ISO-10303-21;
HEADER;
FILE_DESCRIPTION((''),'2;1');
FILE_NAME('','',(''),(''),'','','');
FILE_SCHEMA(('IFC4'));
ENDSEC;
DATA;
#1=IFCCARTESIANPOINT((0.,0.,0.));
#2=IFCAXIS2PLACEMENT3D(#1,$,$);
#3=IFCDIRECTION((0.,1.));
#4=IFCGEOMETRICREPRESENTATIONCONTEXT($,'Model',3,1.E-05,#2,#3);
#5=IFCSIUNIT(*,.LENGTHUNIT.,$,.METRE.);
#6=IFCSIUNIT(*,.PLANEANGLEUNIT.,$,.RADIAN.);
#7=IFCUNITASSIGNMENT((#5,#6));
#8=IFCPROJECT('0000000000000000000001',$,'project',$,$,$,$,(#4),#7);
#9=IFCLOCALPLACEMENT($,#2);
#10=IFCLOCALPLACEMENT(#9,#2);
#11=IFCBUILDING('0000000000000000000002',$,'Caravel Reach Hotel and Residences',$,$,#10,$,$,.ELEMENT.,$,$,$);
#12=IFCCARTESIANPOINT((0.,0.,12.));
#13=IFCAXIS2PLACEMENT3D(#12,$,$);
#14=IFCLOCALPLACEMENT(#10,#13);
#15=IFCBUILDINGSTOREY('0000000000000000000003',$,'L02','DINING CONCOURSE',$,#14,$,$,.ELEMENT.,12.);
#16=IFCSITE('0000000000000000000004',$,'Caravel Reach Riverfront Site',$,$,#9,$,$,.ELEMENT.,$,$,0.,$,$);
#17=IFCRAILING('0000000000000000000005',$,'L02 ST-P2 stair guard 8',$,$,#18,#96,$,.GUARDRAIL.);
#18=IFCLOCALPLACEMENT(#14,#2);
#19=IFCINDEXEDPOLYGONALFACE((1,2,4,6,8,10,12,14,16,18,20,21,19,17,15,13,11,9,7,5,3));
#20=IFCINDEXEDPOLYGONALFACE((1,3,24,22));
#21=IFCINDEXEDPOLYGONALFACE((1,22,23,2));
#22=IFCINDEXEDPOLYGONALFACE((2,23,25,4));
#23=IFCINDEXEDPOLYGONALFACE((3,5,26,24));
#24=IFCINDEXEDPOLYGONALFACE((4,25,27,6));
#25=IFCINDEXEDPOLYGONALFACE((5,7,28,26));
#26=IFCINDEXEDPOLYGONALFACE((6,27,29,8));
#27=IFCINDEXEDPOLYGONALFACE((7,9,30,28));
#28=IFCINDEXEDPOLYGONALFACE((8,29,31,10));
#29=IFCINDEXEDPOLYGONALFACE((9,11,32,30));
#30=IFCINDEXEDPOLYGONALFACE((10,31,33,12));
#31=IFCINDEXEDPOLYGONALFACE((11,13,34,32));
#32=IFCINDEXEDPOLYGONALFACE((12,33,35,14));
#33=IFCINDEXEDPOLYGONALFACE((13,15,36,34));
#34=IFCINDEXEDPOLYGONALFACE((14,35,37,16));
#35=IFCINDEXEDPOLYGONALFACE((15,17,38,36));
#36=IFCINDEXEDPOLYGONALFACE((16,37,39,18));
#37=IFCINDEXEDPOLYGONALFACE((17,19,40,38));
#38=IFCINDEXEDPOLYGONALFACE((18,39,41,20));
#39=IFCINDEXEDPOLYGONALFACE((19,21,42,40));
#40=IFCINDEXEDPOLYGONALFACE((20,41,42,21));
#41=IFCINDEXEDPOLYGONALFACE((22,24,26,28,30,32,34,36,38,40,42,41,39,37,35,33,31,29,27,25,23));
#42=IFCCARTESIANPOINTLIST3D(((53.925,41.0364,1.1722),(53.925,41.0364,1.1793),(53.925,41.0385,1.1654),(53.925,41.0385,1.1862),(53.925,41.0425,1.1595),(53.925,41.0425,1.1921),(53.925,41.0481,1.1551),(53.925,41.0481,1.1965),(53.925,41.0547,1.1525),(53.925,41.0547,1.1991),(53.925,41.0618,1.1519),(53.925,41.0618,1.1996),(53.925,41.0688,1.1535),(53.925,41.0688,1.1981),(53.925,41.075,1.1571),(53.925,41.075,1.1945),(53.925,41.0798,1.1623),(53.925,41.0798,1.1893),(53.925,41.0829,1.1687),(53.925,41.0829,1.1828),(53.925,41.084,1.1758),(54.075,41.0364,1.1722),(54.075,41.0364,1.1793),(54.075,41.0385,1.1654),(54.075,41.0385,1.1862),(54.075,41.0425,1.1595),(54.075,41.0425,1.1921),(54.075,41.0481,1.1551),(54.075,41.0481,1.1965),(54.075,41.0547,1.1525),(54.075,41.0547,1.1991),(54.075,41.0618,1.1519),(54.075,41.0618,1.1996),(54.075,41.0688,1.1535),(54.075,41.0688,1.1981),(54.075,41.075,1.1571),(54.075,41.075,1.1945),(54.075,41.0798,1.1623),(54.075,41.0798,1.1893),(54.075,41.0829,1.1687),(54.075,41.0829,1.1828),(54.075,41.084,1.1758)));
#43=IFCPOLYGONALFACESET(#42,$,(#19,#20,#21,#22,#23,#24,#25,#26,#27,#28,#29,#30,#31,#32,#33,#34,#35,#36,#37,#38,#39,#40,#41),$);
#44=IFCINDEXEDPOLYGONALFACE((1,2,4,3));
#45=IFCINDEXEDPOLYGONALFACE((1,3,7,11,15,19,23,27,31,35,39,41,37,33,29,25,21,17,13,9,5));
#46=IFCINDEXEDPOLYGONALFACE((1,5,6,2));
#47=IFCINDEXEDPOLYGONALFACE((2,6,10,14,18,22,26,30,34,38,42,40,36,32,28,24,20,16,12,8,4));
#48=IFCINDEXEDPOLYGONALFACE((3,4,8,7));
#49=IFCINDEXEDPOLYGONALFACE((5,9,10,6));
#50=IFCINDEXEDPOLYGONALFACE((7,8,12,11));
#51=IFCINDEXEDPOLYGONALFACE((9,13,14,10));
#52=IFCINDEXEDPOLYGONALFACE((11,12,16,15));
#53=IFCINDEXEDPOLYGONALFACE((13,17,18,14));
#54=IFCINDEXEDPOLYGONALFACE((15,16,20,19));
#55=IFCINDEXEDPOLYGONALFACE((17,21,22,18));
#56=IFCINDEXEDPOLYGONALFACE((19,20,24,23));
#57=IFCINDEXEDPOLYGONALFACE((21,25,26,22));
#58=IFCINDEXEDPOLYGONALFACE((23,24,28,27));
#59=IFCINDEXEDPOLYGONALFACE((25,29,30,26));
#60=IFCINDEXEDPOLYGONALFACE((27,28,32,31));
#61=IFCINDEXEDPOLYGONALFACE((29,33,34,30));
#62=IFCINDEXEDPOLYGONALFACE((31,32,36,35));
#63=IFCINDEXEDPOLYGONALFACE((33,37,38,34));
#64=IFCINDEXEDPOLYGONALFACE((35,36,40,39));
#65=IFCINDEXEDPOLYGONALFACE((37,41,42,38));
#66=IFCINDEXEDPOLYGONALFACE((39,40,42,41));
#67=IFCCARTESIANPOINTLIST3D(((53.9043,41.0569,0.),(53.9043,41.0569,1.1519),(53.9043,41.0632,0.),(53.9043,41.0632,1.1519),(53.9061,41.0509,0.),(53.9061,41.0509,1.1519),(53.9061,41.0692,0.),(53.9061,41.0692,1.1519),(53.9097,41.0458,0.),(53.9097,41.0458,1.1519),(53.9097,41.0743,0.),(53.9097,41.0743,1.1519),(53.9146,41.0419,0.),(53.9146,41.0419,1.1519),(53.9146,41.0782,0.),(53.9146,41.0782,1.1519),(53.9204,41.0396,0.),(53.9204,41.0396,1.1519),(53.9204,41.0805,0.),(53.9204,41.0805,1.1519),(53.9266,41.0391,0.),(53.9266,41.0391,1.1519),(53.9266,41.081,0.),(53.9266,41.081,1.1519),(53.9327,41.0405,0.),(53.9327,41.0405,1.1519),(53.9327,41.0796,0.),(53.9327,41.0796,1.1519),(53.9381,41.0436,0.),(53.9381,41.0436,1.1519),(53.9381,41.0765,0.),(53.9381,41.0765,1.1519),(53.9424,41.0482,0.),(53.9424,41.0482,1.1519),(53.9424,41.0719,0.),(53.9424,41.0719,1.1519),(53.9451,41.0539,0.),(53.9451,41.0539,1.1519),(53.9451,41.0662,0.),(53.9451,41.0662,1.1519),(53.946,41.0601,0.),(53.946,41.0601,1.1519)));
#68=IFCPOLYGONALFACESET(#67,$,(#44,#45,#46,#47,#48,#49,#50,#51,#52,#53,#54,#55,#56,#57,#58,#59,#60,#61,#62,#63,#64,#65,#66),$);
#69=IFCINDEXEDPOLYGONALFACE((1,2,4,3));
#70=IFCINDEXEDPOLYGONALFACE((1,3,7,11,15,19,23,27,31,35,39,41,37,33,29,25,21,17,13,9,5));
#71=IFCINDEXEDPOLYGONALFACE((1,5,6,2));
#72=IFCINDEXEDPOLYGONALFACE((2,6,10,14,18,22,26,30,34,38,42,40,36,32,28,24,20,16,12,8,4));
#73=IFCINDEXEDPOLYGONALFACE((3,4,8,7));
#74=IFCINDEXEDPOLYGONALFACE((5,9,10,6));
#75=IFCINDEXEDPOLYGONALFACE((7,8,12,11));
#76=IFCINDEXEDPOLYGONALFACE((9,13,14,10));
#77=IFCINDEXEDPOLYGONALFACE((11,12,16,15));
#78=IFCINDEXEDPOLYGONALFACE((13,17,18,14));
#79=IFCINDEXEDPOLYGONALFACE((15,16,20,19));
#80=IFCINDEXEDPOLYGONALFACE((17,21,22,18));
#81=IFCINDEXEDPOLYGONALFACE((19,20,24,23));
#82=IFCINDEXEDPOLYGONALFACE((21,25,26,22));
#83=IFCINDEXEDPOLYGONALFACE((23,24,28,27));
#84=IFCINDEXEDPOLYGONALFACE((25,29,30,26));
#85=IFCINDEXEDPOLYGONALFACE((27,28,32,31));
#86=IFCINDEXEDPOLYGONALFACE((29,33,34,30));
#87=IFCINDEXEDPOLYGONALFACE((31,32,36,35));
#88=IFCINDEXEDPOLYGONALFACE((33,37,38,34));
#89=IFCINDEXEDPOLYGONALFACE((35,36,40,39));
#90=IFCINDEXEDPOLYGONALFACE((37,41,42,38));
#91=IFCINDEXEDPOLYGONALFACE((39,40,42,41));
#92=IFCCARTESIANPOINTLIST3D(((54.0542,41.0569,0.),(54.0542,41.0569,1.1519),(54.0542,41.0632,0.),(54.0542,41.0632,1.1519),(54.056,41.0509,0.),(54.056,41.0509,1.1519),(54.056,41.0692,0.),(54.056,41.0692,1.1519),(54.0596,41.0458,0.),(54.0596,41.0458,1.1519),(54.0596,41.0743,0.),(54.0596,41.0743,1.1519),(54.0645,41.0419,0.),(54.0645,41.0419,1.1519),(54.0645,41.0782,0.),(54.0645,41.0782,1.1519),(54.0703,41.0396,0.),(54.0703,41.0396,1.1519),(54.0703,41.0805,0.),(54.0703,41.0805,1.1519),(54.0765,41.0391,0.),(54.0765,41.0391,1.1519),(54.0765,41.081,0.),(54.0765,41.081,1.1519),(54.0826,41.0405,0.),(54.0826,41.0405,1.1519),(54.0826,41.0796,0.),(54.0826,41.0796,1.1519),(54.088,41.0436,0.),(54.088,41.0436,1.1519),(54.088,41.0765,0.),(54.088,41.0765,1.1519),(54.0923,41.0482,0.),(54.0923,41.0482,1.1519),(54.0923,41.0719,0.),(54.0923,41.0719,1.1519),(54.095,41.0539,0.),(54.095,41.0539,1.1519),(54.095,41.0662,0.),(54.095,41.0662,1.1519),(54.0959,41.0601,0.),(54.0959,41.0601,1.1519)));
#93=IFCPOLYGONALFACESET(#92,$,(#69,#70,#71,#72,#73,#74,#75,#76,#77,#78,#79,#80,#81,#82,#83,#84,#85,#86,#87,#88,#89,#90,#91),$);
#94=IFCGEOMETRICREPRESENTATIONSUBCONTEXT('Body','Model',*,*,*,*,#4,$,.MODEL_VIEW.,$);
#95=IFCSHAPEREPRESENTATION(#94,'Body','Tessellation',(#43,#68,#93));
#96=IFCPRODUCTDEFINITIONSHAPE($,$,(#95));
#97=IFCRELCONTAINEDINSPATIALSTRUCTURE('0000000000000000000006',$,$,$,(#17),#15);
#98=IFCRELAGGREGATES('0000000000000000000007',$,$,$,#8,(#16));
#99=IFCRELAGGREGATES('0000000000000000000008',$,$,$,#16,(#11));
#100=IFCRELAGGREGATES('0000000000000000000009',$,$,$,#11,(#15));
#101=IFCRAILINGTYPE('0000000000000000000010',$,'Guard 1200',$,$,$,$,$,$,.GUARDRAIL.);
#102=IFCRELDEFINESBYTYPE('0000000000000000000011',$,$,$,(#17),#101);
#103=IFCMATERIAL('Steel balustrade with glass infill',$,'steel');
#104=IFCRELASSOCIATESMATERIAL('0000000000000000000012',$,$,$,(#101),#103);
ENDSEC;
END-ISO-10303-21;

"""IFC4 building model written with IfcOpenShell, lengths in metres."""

from ifc_helpers import new_model, si_unit, direction, frame, origin, origin_2d, place, context, subcontext, project, spatial, circle, extrude, material, type_object, element, save


model = new_model("IFC4")

# Units and contexts
model_context = context("Model", 3, precision=1e-05, world=origin(), true_north=direction((0.0, 1.0)))
body_context = subcontext(model_context, "Body", "Model", "MODEL_VIEW")
ifc_project = project(units=[si_unit("LENGTHUNIT", "METRE"), si_unit("PLANEANGLEUNIT", "RADIAN")], contexts=[model_context])

# Site, building, storey
site_placement = place(None, origin())
site = spatial("IfcSite", under=ifc_project, at=site_placement, Name="Caravel Reach Riverfront Site", CompositionType="ELEMENT", RefElevation=0.0)
building_placement = place(site_placement, origin())
building = spatial("IfcBuilding", under=site, at=building_placement, Name="Caravel Reach Hotel and Residences", CompositionType="ELEMENT")
storey_placement = place(building_placement, frame((0.0, 0.0, 12.0)))
storey = spatial("IfcBuildingStorey", under=building, at=storey_placement, Name="L02", Description="DINING CONCOURSE", CompositionType="ELEMENT", Elevation=12.0)

# Railing
ifc_material_1 = material(Name="Steel balustrade with glass infill", Category="steel")
railing_type_1 = type_object("IfcRailingType", Name="Guard 1200", PredefinedType="GUARDRAIL", material=ifc_material_1)
railing_1_placement = place(storey_placement, frame((53.925, 41.0601, 0.0)))
element("IfcRailing", 1, at=railing_1_placement, inside=storey, type_object=railing_type_1, Name="L02 ST-P2 stair guard 8", PredefinedType="GUARDRAIL", context=body_context, shape_type="SweptSolid", body=[
    extrude(circle(Radius=0.0239, at=origin_2d()), frame((0.0, 0.0, 1.1758), z_axis=(1.0, 0.0, 0.0), x_axis=(0.0, 1.0, 0.0)), (0.0, 0.0, 1.0), 0.1499),
    extrude(circle(Radius=0.021, at=origin_2d()), origin(), (0.0, 0.0, 1.0), 1.1519),
    extrude(circle(Radius=0.021, at=origin_2d()), frame((0.1499, 0.0, 0.0)), (0.0, 0.0, 1.0), 1.1519),
])

save(model, "model.ifc")
